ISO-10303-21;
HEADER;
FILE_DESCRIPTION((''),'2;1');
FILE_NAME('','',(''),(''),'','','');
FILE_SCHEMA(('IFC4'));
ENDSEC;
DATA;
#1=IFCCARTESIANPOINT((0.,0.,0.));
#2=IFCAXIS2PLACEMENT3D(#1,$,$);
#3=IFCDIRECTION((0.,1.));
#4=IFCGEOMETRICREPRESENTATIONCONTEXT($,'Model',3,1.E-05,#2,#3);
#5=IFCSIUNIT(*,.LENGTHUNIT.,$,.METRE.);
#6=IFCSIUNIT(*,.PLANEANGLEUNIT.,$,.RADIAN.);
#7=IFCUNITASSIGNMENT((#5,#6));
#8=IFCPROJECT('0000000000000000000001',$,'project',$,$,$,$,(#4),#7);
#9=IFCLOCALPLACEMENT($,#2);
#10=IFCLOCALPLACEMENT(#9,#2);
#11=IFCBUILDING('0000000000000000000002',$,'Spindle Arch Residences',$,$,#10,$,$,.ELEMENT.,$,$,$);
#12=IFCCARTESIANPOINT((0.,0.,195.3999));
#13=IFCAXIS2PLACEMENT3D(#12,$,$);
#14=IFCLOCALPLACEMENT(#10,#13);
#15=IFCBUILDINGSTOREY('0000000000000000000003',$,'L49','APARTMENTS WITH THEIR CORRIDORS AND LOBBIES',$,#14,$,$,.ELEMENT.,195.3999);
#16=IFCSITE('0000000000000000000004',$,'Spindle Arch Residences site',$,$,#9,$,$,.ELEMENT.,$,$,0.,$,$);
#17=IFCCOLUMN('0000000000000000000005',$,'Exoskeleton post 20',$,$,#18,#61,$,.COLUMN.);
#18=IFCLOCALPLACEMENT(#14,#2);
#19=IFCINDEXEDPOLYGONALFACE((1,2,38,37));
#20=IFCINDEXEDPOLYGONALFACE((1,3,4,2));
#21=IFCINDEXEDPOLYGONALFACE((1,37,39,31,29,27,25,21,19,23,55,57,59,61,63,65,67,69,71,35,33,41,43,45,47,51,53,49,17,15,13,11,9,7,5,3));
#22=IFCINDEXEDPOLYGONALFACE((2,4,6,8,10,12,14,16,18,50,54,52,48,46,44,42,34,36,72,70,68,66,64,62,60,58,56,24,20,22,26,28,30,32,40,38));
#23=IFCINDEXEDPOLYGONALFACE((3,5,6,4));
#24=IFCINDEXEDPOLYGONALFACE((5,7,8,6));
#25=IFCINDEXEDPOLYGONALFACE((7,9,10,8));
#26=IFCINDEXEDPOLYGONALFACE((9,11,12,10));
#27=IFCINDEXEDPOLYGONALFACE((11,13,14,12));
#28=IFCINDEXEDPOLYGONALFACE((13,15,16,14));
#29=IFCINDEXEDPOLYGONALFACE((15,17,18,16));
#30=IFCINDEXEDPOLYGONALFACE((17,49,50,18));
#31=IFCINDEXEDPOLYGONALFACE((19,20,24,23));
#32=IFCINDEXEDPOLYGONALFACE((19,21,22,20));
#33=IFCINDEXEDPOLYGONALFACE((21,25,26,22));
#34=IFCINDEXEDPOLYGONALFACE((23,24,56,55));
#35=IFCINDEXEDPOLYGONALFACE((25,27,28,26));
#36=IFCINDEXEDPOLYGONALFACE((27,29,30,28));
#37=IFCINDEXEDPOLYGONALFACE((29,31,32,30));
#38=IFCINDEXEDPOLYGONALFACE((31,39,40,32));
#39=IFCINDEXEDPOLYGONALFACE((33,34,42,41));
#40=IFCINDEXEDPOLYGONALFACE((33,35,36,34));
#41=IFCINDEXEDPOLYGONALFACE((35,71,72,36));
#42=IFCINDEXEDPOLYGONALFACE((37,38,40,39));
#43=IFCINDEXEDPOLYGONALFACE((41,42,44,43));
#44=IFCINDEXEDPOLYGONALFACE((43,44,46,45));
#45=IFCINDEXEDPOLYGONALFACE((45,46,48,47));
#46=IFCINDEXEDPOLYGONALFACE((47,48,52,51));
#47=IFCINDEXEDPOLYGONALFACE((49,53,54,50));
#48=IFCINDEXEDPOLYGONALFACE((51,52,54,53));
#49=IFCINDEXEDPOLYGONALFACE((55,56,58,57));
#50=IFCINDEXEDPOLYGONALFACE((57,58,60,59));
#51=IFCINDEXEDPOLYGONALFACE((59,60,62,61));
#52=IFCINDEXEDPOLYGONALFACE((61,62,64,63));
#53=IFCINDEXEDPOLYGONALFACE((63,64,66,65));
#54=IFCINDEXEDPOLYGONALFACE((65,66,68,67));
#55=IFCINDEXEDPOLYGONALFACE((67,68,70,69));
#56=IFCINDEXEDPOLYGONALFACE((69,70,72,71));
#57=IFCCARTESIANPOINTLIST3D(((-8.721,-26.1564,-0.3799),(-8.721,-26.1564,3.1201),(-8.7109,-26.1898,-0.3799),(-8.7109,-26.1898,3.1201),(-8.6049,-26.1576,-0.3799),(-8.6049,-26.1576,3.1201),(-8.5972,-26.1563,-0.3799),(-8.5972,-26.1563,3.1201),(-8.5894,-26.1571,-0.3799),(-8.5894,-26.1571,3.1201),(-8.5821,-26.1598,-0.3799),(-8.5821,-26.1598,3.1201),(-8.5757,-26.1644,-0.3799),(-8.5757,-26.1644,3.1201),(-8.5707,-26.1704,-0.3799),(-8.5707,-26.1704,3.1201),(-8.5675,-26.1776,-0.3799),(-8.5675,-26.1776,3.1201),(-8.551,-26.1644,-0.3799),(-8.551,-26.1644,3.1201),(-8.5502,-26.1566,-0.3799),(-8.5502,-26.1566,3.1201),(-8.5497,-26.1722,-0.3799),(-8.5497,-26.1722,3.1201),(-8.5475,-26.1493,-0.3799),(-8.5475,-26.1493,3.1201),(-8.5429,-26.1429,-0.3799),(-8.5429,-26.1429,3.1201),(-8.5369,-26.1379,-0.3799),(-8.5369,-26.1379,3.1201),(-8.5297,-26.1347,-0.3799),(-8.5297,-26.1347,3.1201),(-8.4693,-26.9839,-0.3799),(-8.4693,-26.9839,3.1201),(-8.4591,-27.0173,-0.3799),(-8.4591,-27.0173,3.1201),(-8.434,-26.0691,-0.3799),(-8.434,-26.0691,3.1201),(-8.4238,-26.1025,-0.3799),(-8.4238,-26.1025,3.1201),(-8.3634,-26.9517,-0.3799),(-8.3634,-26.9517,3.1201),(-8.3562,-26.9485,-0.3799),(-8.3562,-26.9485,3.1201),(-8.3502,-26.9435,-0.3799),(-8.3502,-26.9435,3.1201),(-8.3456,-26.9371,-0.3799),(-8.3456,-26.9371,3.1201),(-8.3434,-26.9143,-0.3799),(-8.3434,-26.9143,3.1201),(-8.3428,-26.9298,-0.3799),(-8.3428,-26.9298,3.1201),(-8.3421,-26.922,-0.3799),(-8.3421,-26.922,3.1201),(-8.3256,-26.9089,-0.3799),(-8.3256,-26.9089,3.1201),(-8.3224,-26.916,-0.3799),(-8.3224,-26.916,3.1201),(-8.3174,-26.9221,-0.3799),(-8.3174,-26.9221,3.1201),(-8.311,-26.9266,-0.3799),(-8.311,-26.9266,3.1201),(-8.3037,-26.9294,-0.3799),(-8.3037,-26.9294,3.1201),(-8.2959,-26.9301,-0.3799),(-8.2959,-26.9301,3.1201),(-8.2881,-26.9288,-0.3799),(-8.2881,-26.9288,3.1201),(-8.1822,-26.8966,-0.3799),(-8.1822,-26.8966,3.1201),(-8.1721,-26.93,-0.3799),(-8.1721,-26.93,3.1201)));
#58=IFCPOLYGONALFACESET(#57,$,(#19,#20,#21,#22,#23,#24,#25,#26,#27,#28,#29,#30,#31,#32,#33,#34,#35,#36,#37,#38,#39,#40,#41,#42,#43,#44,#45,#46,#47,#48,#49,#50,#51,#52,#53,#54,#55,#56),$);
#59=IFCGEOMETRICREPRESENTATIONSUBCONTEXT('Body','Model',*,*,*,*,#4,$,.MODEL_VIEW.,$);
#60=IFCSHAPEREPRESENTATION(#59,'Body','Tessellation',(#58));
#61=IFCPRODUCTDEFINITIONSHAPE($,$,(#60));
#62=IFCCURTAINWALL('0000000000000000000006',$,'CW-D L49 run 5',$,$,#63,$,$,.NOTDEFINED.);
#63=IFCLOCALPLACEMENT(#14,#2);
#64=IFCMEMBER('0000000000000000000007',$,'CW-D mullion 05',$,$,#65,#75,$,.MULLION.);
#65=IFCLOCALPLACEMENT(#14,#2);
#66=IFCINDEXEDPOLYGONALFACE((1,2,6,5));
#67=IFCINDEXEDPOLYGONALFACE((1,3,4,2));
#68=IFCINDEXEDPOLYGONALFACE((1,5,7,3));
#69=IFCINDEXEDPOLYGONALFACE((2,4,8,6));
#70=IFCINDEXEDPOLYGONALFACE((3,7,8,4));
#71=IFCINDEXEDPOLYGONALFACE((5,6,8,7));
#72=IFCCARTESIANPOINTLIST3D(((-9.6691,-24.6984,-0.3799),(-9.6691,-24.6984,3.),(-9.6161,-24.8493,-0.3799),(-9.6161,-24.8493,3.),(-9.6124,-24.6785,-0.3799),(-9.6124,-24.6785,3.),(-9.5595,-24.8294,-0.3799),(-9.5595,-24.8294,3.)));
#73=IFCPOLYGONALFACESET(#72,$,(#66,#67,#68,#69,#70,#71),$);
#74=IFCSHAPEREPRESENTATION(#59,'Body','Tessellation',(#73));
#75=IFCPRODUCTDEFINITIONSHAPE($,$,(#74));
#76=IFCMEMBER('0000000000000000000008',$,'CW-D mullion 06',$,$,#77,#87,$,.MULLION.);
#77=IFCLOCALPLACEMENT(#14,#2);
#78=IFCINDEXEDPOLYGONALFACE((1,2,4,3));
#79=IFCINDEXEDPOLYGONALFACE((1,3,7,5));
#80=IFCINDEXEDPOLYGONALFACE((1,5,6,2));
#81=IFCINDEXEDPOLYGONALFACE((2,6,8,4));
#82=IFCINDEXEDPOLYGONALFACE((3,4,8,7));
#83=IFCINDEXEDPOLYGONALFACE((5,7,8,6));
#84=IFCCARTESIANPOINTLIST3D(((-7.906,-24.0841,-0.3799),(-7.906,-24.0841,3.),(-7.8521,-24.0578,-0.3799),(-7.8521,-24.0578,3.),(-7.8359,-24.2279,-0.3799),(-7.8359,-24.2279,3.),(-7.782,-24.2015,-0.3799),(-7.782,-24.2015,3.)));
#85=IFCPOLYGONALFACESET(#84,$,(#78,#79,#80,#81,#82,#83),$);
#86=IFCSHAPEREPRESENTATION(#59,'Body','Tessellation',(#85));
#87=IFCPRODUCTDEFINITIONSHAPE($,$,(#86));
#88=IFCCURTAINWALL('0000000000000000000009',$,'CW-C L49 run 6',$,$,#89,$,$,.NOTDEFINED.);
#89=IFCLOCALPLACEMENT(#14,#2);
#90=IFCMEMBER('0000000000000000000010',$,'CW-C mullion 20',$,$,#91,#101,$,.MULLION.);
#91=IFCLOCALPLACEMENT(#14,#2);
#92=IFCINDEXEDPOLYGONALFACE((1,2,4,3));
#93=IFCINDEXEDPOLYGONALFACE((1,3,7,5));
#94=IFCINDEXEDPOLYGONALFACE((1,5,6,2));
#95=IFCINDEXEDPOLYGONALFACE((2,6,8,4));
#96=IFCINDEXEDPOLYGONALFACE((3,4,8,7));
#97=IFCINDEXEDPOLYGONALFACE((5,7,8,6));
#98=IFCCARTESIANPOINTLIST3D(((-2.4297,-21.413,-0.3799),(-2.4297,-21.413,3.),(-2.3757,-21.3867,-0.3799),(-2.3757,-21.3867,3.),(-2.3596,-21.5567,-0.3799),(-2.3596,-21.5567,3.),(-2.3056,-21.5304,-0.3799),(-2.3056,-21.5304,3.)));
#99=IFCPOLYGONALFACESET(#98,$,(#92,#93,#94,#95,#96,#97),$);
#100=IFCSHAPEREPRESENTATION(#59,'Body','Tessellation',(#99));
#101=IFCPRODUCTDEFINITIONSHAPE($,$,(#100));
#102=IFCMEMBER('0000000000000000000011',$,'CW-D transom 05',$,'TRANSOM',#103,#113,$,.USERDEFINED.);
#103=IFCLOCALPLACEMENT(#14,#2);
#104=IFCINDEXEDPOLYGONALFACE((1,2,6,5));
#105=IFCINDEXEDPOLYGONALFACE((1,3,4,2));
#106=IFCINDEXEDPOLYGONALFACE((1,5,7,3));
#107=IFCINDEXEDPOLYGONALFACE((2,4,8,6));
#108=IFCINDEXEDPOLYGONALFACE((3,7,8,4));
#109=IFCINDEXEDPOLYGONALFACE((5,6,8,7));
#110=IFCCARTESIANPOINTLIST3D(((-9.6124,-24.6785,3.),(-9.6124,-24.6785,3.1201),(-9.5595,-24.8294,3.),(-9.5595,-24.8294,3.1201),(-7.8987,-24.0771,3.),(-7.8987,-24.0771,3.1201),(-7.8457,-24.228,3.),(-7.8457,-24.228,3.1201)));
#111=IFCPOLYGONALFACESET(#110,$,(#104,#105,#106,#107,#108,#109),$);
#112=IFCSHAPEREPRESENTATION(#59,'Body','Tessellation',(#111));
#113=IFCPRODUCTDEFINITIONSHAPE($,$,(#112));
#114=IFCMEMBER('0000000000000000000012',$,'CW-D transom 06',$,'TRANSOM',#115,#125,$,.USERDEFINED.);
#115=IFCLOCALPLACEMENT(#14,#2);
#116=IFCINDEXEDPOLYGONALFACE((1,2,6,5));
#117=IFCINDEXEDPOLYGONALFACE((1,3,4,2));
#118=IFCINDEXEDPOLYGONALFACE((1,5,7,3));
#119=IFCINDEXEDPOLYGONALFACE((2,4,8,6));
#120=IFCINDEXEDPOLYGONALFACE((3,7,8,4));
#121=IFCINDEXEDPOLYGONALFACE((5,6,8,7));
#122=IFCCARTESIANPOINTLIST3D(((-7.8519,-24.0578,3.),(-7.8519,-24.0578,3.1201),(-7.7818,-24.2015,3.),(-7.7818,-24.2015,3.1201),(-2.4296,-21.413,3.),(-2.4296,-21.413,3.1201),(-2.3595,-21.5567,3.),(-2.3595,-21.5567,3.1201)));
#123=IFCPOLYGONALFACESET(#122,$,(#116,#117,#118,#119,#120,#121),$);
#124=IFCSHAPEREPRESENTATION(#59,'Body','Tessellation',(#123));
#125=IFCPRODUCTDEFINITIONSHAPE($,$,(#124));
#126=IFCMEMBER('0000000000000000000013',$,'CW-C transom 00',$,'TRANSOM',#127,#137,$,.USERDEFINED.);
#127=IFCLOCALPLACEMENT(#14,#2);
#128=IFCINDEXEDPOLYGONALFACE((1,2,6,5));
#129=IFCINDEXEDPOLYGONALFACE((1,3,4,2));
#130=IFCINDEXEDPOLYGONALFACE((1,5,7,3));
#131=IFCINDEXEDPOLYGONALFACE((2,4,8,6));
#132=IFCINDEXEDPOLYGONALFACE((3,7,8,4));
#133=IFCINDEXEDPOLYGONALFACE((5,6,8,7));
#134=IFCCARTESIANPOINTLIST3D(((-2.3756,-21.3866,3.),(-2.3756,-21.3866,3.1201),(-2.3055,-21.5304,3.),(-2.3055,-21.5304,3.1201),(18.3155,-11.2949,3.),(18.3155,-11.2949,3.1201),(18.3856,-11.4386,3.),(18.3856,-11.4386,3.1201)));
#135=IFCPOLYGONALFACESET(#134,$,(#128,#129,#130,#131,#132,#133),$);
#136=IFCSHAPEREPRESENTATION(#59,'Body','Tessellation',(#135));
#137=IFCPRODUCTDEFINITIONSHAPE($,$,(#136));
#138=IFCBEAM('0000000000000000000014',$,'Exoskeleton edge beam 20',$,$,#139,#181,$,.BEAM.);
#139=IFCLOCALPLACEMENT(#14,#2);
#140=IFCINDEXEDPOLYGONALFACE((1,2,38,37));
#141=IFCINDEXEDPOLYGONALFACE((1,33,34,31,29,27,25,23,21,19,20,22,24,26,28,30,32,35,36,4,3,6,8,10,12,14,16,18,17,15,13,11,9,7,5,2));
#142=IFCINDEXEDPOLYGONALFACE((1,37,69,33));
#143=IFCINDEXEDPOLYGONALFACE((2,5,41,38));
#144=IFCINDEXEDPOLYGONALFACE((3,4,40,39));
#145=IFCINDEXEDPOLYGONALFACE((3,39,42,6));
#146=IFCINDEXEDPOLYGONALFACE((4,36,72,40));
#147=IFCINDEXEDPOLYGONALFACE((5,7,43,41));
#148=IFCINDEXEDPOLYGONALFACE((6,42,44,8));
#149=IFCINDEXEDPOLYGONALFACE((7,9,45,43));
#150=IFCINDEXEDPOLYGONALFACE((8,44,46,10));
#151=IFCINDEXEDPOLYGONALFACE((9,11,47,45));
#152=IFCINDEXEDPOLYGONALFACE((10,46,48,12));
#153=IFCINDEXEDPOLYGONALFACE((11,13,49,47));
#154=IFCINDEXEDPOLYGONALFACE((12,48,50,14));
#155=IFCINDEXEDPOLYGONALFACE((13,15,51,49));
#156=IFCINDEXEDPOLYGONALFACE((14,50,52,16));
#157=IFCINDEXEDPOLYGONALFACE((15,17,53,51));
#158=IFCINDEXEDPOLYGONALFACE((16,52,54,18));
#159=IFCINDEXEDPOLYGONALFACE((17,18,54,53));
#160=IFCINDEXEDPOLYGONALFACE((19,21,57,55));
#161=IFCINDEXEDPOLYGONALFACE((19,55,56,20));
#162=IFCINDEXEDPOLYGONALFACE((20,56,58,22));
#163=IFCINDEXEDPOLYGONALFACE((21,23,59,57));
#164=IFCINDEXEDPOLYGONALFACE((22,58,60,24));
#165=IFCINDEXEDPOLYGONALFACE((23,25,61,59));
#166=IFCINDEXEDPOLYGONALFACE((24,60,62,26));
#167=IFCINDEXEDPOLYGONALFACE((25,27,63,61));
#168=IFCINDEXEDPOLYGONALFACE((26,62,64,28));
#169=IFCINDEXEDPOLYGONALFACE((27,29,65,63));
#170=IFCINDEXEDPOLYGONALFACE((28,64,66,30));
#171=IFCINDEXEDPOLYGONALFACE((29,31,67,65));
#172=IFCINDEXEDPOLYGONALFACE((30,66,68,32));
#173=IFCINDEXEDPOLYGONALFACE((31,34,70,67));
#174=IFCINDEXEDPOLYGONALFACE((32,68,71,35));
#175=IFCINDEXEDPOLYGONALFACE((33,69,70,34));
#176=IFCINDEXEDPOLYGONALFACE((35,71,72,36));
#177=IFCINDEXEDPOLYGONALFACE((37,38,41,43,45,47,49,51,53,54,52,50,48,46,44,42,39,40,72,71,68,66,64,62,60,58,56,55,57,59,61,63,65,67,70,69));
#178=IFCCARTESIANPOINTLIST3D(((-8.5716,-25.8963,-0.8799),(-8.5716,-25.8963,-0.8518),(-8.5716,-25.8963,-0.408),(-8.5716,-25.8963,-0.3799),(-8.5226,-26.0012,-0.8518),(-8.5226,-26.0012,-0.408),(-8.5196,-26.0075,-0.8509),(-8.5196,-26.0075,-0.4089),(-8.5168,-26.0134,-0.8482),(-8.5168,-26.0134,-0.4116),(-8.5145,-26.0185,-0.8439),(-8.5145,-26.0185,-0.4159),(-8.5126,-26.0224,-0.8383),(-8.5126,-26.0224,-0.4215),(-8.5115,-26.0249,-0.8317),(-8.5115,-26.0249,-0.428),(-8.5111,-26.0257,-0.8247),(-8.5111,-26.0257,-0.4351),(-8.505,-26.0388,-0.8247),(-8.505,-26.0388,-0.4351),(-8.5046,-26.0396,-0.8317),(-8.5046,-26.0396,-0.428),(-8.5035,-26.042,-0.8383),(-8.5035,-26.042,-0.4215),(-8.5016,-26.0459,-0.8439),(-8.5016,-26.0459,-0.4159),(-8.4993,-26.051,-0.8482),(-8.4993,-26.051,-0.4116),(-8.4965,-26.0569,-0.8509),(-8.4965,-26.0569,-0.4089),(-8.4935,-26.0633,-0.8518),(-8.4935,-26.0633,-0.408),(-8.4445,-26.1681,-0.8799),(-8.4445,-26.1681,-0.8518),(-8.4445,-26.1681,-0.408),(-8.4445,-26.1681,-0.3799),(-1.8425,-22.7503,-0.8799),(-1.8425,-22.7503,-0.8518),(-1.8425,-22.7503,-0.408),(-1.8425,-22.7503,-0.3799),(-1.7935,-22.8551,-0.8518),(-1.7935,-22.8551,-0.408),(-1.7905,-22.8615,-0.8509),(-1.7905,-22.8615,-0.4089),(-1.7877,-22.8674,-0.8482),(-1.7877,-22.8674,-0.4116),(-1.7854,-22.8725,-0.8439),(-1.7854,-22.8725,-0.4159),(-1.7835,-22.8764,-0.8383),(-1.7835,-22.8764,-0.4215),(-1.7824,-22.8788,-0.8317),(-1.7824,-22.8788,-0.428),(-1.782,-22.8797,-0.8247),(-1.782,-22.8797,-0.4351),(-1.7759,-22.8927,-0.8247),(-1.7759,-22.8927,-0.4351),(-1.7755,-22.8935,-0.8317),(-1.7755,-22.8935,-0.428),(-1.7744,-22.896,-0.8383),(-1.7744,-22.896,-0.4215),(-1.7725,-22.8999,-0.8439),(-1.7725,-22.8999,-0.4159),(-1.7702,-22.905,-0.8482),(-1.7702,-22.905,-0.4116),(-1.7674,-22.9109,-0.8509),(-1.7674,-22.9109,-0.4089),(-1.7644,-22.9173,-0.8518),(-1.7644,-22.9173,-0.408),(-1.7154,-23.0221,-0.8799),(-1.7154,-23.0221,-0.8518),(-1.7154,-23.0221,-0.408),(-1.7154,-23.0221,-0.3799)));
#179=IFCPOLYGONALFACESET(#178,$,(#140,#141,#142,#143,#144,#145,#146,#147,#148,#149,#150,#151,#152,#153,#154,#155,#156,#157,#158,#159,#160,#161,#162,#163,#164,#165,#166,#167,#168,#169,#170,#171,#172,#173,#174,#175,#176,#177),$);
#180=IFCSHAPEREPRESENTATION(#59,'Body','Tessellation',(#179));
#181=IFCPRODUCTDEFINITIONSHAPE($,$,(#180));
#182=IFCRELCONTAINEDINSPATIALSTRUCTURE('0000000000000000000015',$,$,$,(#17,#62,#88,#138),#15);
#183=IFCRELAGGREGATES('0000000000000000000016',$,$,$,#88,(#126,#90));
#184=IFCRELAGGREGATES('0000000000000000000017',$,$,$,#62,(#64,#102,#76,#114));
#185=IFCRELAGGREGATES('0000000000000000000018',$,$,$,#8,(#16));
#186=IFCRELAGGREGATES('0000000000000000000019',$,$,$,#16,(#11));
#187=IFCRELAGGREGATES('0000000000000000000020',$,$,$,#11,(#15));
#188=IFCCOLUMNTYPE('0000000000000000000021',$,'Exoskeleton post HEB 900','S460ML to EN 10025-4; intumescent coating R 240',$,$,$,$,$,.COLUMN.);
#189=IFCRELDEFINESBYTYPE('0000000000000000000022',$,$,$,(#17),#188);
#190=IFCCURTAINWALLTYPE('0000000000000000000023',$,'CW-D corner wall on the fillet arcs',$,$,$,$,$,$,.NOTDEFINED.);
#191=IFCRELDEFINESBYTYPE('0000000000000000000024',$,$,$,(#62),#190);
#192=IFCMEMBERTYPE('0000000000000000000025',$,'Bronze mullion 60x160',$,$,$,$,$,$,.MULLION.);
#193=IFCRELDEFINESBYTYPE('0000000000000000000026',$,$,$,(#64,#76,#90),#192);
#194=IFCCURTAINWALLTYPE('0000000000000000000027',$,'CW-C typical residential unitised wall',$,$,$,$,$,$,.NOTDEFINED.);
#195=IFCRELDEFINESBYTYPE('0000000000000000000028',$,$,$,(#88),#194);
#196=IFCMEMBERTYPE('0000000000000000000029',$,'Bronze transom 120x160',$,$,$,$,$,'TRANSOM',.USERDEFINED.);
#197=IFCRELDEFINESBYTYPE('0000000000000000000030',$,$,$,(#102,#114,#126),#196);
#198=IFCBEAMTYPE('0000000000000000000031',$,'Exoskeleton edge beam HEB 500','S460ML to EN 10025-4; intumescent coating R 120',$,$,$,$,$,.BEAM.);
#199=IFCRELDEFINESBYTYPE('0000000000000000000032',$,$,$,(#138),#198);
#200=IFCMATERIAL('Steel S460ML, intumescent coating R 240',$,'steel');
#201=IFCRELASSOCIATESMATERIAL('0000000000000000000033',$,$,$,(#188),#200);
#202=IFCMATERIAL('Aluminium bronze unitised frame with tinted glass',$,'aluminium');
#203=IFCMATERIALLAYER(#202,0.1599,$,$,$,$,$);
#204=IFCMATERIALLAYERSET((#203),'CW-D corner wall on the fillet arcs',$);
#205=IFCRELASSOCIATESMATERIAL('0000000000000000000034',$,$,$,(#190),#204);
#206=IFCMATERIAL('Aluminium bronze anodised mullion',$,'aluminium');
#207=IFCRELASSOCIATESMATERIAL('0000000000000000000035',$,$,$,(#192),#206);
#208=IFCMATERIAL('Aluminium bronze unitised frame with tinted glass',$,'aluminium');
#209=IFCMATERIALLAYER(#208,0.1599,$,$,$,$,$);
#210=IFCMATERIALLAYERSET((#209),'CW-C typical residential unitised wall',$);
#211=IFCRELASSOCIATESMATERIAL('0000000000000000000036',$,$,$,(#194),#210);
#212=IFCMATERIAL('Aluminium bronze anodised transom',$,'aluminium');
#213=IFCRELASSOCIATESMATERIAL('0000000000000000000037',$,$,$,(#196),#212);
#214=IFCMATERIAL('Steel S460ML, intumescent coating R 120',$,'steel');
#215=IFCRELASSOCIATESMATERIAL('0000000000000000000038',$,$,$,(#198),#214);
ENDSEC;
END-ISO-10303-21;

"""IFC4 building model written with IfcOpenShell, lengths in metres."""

from ifc_helpers import new_model, si_unit, direction, frame, origin, origin_2d, place, context, subcontext, project, spatial, rectangle, i_section, extrude, material, layer, layer_set, material_profile, profile_set, type_object, element, aggregate, save


model = new_model("IFC4")

# Units and contexts
model_context = context("Model", 3, precision=1e-05, world=origin(), true_north=direction((0.0, 1.0)))
body_context = subcontext(model_context, "Body", "Model", "MODEL_VIEW")
ifc_project = project(units=[si_unit("LENGTHUNIT", "METRE"), si_unit("PLANEANGLEUNIT", "RADIAN")], contexts=[model_context])

# Site, building, storey
site_placement = place(None, origin())
site = spatial("IfcSite", under=ifc_project, at=site_placement, Name="Spindle Arch Residences site", CompositionType="ELEMENT", RefElevation=0.0)
building_placement = place(site_placement, origin())
building = spatial("IfcBuilding", under=site, at=building_placement, Name="Spindle Arch Residences", CompositionType="ELEMENT")
storey_placement = place(building_placement, frame((0.0, 0.0, 195.3999)))
storey = spatial("IfcBuildingStorey", under=building, at=storey_placement, Name="L49", Description="APARTMENTS WITH THEIR CORRIDORS AND LOBBIES", CompositionType="ELEMENT", Elevation=195.3999)

# Column
ifc_material_1 = material(Name="Steel S460ML, intumescent coating R 240", Category="steel")
ifc_material_profile_1 = material_profile(ifc_material_1, i_section(OverallWidth=0.3, OverallDepth=0.8999, WebThickness=0.0186, FlangeThickness=0.0349, FilletRadius=0.03, at=origin_2d()), Name="HEB 900")
ifc_profile_set_1 = profile_set([ifc_material_profile_1], Name="Steel S460ML, intumescent coating R 240")
column_type = type_object("IfcColumnType", Name="Exoskeleton post HEB 900", Description="S460ML to EN 10025-4; intumescent coating R 240", PredefinedType="COLUMN", material=ifc_profile_set_1)
column_placement = place(storey_placement, frame((-8.4465, -26.5432, -0.3799), z_axis=(0.0, 0.0, 1.0), x_axis=(-0.956715, -0.291028, 0.0)))
element("IfcColumn", 1, at=column_placement, inside=storey, type_object=column_type, Name="Exoskeleton post 20", PredefinedType="COLUMN", context=body_context, shape_type="SweptSolid", body=[
    extrude(i_section(OverallWidth=0.3, OverallDepth=0.8999, WebThickness=0.0186, FlangeThickness=0.0349, FilletRadius=0.03, at=origin_2d()), origin(), (0.0, 0.0, 1.0), 3.5),
])

# Curtain wall, members
ifc_material_2 = material(Name="Aluminium bronze unitised frame with tinted glass", Category="aluminium")
ifc_layer_1 = layer(ifc_material_2, 0.1599)
ifc_layer_set_1 = layer_set([ifc_layer_1], Name="CW-D corner wall on the fillet arcs")
curtain_wall_type_1 = type_object("IfcCurtainWallType", Name="CW-D corner wall on the fillet arcs", PredefinedType="NOTDEFINED", material=ifc_layer_set_1)
curtain_wall_1_placement = place(storey_placement, origin())
curtain_wall_1 = element("IfcCurtainWall", 2, at=curtain_wall_1_placement, inside=storey, type_object=curtain_wall_type_1, Name="CW-D L49 run 5", PredefinedType="NOTDEFINED")
ifc_material_3 = material(Name="Aluminium bronze anodised mullion", Category="aluminium")
ifc_material_profile_2 = material_profile(ifc_material_3, rectangle(XDim=0.1599, YDim=0.0601, at=origin_2d()), Name="MU 60x160")
ifc_profile_set_2 = profile_set([ifc_material_profile_2], Name="Aluminium bronze anodised mullion")
member_type_1 = type_object("IfcMemberType", Name="Bronze mullion 60x160", PredefinedType="MULLION", material=ifc_profile_set_2)
member_1_placement = place(storey_placement, frame((-9.6143, -24.7639, -0.3799), z_axis=(0.0, 0.0, 1.0), x_axis=(-0.331063, 0.943609, 0.0)))
member_1 = element("IfcMember", 3, at=member_1_placement, type_object=member_type_1, Name="CW-D mullion 05", PredefinedType="MULLION", context=body_context, shape_type="SweptSolid", body=[
    extrude(rectangle(XDim=0.1599, YDim=0.0601, at=origin_2d()), origin(), (0.0, 0.0, 1.0), 3.3799),
])
member_2_placement = place(storey_placement, frame((-7.844, -24.1428, -0.3799), z_axis=(0.0, 0.0, 1.0), x_axis=(-0.438371, 0.898794, 0.0)))
member_2 = element("IfcMember", 4, at=member_2_placement, type_object=member_type_1, Name="CW-D mullion 06", PredefinedType="MULLION", context=body_context, shape_type="SweptSolid", body=[
    extrude(rectangle(XDim=0.1599, YDim=0.0601, at=origin_2d()), origin(), (0.0, 0.0, 1.0), 3.3799),
])

# Curtain wall, member
ifc_material_4 = material(Name="Aluminium bronze unitised frame with tinted glass", Category="aluminium")
ifc_layer_2 = layer(ifc_material_4, 0.1599)
ifc_layer_set_2 = layer_set([ifc_layer_2], Name="CW-C typical residential unitised wall")
curtain_wall_type_2 = type_object("IfcCurtainWallType", Name="CW-C typical residential unitised wall", PredefinedType="NOTDEFINED", material=ifc_layer_set_2)
curtain_wall_2_placement = place(storey_placement, origin())
curtain_wall_2 = element("IfcCurtainWall", 5, at=curtain_wall_2_placement, inside=storey, type_object=curtain_wall_type_2, Name="CW-C L49 run 6", PredefinedType="NOTDEFINED")
member_3_placement = place(storey_placement, frame((-2.3677, -21.4717, -0.3799), z_axis=(0.0, 0.0, 1.0), x_axis=(-0.438371, 0.898794, 0.0)))
member_3 = element("IfcMember", 6, at=member_3_placement, type_object=member_type_1, Name="CW-C mullion 20", PredefinedType="MULLION", context=body_context, shape_type="SweptSolid", body=[
    extrude(rectangle(XDim=0.1599, YDim=0.0601, at=origin_2d()), origin(), (0.0, 0.0, 1.0), 3.3799),
])

# Members
ifc_material_5 = material(Name="Aluminium bronze anodised transom", Category="aluminium")
ifc_material_profile_3 = material_profile(ifc_material_5, rectangle(XDim=0.1599, YDim=0.1201, at=origin_2d()), Name="TR 120x160")
ifc_profile_set_3 = profile_set([ifc_material_profile_3], Name="Aluminium bronze anodised transom")
member_type_2 = type_object("IfcMemberType", Name="Bronze transom 120x160", ElementType="TRANSOM", PredefinedType="USERDEFINED", material=ifc_profile_set_3)
member_4_placement = place(storey_placement, frame((-9.5859, -24.7539, 3.0601), z_axis=(0.943592, 0.331111, 0.0), x_axis=(-0.331111, 0.943592, 0.0)))
member_4 = element("IfcMember", 7, at=member_4_placement, type_object=member_type_2, Name="CW-D transom 05", ObjectType="TRANSOM", PredefinedType="USERDEFINED", context=body_context, shape_type="SweptSolid", body=[
    extrude(rectangle(XDim=0.1599, YDim=0.1201, at=origin_2d()), origin(), (0.0, 0.0, 1.0), 1.8162),
])
member_5_placement = place(storey_placement, frame((-7.8169, -24.1296, 3.0601), z_axis=(0.898787, 0.438386, 0.0), x_axis=(-0.438386, 0.898787, 0.0)))
member_5 = element("IfcMember", 8, at=member_5_placement, type_object=member_type_2, Name="CW-D transom 06", ObjectType="TRANSOM", PredefinedType="USERDEFINED", context=body_context, shape_type="SweptSolid", body=[
    extrude(rectangle(XDim=0.1599, YDim=0.1201, at=origin_2d()), origin(), (0.0, 0.0, 1.0), 6.033),
])
member_6_placement = place(storey_placement, frame((-2.3406, -21.4585, 3.0601), z_axis=(0.898793, 0.438373, 0.0), x_axis=(-0.438373, 0.898793, 0.0)))
member_6 = element("IfcMember", 9, at=member_6_placement, type_object=member_type_2, Name="CW-C transom 00", ObjectType="TRANSOM", PredefinedType="USERDEFINED", context=body_context, shape_type="SweptSolid", body=[
    extrude(rectangle(XDim=0.1599, YDim=0.1201, at=origin_2d()), origin(), (0.0, 0.0, 1.0), 23.021),
])
aggregate(curtain_wall_2, [member_6, member_3])

# Beam
ifc_material_6 = material(Name="Steel S460ML, intumescent coating R 120", Category="steel")
ifc_material_profile_4 = material_profile(ifc_material_6, i_section(OverallWidth=0.3, OverallDepth=0.5, WebThickness=0.0144, FlangeThickness=0.0281, FilletRadius=0.0271, at=origin_2d()), Name="HEB 500")
ifc_profile_set_4 = profile_set([ifc_material_profile_4], Name="Steel S460ML, intumescent coating R 120")
beam_type_1 = type_object("IfcBeamType", Name="Exoskeleton edge beam HEB 500", Description="S460ML to EN 10025-4; intumescent coating R 120", PredefinedType="BEAM", material=ifc_profile_set_4)
beam_1_placement = place(storey_placement, frame((-8.5081, -26.0322, -0.6299), z_axis=(0.905884, 0.423526, 0.0), x_axis=(-0.423526, 0.905884, 0.0)))
element("IfcBeam", 10, at=beam_1_placement, inside=storey, type_object=beam_type_1, Name="Exoskeleton edge beam 20", PredefinedType="BEAM", context=body_context, shape_type="SweptSolid", body=[
    extrude(i_section(OverallWidth=0.3, OverallDepth=0.5, WebThickness=0.0144, FlangeThickness=0.0281, FilletRadius=0.0271, at=origin_2d()), origin(), (0.0, 0.0, 1.0), 7.4282),
])

aggregate(curtain_wall_1, [member_1, member_4, member_2, member_5])

save(model, "model.ifc")
